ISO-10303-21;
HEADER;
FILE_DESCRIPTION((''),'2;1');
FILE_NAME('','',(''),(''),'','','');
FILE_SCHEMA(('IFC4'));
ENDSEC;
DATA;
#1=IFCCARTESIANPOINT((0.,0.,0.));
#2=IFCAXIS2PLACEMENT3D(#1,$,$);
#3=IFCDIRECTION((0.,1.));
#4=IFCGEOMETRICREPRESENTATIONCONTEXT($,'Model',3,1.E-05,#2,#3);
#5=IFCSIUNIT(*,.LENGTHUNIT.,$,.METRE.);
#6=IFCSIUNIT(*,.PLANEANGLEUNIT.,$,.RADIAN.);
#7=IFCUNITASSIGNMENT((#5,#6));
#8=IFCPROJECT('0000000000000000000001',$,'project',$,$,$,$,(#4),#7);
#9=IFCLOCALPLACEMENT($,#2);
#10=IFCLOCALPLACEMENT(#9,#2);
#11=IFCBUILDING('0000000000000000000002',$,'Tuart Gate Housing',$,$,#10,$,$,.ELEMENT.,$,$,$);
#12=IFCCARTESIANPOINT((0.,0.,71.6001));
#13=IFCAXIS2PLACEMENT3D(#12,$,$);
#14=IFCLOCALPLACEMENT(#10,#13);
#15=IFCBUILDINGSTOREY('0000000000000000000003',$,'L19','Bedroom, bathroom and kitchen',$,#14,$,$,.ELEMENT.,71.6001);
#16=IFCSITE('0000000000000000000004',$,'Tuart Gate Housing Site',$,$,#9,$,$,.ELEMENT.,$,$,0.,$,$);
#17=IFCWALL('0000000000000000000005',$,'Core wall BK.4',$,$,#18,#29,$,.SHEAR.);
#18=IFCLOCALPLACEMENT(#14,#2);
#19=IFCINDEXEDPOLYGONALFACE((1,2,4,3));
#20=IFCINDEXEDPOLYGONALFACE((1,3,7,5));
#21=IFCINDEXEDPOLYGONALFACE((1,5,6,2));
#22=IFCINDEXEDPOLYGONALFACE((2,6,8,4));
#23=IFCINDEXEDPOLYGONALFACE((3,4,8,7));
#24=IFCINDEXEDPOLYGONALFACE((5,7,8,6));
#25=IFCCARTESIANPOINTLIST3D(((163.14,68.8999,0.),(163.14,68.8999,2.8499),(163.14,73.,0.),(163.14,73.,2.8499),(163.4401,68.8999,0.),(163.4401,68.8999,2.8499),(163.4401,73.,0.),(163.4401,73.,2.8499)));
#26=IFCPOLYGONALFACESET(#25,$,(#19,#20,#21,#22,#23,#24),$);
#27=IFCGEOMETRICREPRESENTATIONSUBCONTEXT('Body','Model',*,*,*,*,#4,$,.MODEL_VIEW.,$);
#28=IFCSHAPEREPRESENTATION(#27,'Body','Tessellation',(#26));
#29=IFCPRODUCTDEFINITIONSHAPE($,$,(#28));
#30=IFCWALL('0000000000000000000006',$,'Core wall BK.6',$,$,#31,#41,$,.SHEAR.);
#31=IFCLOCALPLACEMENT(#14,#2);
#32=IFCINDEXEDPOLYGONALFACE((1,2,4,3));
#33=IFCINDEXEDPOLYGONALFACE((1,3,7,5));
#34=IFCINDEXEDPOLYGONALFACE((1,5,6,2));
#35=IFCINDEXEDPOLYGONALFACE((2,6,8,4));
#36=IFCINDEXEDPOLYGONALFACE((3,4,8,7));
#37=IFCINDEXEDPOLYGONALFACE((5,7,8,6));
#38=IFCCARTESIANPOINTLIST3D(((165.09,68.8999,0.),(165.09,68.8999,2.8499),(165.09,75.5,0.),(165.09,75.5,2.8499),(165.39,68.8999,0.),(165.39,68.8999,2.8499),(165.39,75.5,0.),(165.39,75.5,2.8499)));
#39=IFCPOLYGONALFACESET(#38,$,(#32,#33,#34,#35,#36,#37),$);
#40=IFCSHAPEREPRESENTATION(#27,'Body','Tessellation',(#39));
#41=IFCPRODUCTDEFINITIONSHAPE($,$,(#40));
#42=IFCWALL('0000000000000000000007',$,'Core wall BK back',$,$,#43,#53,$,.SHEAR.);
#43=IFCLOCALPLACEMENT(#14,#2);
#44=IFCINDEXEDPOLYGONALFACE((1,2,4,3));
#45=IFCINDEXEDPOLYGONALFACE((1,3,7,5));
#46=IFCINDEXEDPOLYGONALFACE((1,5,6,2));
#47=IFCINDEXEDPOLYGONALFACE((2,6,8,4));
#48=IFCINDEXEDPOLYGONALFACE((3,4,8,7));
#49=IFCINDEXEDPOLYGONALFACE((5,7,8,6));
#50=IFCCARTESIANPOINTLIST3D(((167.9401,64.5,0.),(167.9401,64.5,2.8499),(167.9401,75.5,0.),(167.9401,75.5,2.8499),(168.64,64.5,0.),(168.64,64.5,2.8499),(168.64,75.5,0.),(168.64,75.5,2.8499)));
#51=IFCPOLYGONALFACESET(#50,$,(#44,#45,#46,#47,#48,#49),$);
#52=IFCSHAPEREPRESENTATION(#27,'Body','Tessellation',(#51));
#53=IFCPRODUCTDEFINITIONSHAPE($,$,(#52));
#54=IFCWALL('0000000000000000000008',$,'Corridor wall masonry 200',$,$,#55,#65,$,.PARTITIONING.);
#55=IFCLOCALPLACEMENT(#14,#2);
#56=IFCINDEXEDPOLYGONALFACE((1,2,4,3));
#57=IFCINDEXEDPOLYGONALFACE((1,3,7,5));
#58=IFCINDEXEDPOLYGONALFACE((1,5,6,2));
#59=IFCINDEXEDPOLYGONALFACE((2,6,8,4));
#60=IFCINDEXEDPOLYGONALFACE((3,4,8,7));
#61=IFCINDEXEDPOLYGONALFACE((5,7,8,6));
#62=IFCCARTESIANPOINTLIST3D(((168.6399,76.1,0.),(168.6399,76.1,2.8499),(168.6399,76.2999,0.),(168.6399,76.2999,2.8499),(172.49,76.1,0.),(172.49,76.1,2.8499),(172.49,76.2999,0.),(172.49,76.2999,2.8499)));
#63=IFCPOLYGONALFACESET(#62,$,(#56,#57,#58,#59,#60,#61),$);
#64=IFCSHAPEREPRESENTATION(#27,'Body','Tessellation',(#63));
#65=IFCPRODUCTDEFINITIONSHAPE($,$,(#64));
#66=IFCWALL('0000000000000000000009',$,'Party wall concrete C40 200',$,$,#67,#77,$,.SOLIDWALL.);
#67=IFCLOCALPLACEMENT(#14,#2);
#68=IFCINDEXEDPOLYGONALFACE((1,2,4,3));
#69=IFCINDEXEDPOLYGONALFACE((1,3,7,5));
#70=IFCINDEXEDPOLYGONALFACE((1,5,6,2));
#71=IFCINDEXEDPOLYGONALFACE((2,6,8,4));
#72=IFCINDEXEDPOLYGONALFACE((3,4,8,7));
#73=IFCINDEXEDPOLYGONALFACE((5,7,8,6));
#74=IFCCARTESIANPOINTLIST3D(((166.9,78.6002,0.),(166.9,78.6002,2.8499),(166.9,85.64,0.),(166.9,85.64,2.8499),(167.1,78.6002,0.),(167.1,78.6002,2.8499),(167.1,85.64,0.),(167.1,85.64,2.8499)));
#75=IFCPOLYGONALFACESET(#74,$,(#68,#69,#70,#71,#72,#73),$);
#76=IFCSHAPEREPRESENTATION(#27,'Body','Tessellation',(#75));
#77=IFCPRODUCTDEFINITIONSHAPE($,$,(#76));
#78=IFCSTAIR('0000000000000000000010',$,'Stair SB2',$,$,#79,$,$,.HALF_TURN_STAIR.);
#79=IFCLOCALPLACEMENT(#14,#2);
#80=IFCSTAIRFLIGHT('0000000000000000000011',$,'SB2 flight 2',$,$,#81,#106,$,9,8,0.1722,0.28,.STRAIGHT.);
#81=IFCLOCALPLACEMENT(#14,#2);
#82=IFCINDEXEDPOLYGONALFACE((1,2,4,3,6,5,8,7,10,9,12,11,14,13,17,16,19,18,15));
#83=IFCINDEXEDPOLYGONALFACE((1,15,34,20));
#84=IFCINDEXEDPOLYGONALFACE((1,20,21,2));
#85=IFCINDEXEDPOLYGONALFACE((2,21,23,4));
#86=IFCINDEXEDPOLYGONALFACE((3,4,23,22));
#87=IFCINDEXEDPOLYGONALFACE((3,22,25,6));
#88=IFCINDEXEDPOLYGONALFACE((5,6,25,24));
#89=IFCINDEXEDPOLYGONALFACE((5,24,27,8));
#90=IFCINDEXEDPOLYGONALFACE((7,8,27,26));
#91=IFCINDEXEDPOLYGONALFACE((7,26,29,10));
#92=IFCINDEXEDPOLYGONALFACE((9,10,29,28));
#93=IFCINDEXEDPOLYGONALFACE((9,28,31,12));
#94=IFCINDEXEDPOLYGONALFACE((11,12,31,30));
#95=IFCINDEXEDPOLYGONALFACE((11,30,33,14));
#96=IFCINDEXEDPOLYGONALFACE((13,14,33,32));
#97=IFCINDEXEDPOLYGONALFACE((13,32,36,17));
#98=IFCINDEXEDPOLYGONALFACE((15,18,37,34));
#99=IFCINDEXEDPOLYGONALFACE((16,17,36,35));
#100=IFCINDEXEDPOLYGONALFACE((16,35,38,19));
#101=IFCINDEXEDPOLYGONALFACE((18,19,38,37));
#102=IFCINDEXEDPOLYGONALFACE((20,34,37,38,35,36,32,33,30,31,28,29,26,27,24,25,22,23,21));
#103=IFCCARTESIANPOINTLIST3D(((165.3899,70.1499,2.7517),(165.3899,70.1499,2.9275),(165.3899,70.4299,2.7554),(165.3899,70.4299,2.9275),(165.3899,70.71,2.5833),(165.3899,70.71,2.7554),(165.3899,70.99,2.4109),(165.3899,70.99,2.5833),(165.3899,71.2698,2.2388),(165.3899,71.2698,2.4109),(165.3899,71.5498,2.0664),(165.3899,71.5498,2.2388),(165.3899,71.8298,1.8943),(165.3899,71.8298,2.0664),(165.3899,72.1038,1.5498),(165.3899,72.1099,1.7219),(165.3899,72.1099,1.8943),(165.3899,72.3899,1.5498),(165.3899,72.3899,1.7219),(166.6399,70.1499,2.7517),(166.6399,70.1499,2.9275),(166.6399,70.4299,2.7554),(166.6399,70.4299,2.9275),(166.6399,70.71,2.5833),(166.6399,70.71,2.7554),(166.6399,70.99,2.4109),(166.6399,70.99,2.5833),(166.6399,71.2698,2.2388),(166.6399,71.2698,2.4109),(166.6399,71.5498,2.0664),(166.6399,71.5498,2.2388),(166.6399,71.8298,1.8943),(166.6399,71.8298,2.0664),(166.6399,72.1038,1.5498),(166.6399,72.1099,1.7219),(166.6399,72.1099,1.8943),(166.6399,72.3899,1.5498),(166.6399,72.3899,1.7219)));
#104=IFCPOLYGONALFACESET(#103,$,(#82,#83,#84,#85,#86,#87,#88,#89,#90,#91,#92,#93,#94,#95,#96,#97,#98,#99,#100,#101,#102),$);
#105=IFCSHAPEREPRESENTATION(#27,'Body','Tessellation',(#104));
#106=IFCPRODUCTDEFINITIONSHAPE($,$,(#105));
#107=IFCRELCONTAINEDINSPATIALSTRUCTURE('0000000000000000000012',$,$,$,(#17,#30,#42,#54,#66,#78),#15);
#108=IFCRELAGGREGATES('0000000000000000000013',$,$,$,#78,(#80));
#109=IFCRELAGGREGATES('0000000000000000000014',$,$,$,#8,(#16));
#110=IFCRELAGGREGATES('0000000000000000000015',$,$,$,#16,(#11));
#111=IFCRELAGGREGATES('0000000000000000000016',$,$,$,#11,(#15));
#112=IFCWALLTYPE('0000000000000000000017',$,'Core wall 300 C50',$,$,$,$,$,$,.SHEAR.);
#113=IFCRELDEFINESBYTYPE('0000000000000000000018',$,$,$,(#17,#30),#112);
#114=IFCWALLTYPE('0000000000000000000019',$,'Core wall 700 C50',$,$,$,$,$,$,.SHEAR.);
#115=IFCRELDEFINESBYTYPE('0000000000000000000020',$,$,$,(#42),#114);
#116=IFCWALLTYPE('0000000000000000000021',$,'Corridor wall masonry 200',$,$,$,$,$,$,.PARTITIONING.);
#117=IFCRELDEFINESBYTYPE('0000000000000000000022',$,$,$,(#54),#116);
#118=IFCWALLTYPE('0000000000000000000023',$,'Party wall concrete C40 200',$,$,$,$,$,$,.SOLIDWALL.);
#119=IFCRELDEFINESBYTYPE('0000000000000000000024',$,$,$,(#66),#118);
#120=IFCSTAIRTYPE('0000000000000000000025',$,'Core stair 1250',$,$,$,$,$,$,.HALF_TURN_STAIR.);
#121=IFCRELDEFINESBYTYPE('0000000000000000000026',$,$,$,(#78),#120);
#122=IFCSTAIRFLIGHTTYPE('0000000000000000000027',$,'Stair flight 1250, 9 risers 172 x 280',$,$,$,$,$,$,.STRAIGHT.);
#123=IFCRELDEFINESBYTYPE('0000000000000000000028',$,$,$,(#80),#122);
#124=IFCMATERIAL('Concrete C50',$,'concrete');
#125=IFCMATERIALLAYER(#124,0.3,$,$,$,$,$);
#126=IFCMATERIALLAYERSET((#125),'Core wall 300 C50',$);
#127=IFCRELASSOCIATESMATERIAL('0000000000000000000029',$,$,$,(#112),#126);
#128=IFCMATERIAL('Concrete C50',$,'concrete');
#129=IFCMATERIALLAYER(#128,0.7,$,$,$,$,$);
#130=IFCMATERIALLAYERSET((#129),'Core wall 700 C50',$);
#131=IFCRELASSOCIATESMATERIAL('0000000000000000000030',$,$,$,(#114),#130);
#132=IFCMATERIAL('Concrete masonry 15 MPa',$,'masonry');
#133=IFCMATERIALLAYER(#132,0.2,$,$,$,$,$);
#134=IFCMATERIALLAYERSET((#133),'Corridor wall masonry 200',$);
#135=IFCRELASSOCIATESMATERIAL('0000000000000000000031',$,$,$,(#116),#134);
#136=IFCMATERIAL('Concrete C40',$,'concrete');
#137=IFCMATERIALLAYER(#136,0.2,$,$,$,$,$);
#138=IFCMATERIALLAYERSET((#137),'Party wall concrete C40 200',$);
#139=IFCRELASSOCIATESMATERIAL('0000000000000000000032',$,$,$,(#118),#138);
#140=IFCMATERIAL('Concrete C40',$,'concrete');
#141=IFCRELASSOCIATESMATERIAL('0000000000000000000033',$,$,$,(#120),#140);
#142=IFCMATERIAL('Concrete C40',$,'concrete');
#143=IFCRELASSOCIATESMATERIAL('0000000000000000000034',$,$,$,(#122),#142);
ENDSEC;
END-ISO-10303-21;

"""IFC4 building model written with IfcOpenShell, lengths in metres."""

from ifc_helpers import new_model, si_unit, direction, frame, frame_2d, origin, place, context, subcontext, project, spatial, polyline, rectangle, outline, extrude, material, layer, layer_set, type_object, element, aggregate, save


model = new_model("IFC4")

# Units and contexts
model_context = context("Model", 3, precision=1e-05, world=origin(), true_north=direction((0.0, 1.0)))
body_context = subcontext(model_context, "Body", "Model", "MODEL_VIEW")
ifc_project = project(units=[si_unit("LENGTHUNIT", "METRE"), si_unit("PLANEANGLEUNIT", "RADIAN")], contexts=[model_context])

# Site, building, storey
site_placement = place(None, origin())
site = spatial("IfcSite", under=ifc_project, at=site_placement, Name="Tuart Gate Housing Site", CompositionType="ELEMENT", RefElevation=0.0)
building_placement = place(site_placement, origin())
building = spatial("IfcBuilding", under=site, at=building_placement, Name="Tuart Gate Housing", CompositionType="ELEMENT")
storey_placement = place(building_placement, frame((0.0, 0.0, 71.6001)))
storey = spatial("IfcBuildingStorey", under=building, at=storey_placement, Name="L19", Description="Bedroom, bathroom and kitchen", CompositionType="ELEMENT", Elevation=71.6001)

# Walls
ifc_material_1 = material(Name="Concrete C50", Category="concrete")
ifc_layer_1 = layer(ifc_material_1, 0.3)
ifc_layer_set_1 = layer_set([ifc_layer_1], Name="Core wall 300 C50")
wall_type_1 = type_object("IfcWallType", Name="Core wall 300 C50", PredefinedType="SHEAR", material=ifc_layer_set_1)
wall_1_placement = place(storey_placement, frame((163.29, 73.0, 0.0), z_axis=(0.0, 0.0, 1.0), x_axis=(0.0, -1.0, 0.0)))
element("IfcWall", 1, at=wall_1_placement, inside=storey, type_object=wall_type_1, Name="Core wall BK.4", PredefinedType="SHEAR", context=body_context, shape_type="SweptSolid", body=[
    extrude(rectangle(XDim=4.1001, YDim=0.3, at=frame_2d((2.05, 0.0))), origin(), (0.0, 0.0, 1.0), 2.8499),
])
wall_2_placement = place(storey_placement, frame((165.24, 75.5, 0.0), z_axis=(0.0, 0.0, 1.0), x_axis=(0.0, -1.0, 0.0)))
element("IfcWall", 2, at=wall_2_placement, inside=storey, type_object=wall_type_1, Name="Core wall BK.6", PredefinedType="SHEAR", context=body_context, shape_type="SweptSolid", body=[
    extrude(rectangle(XDim=6.6001, YDim=0.3, at=frame_2d((3.3, 0.0))), origin(), (0.0, 0.0, 1.0), 2.8499),
])
ifc_material_2 = material(Name="Concrete C50", Category="concrete")
ifc_layer_2 = layer(ifc_material_2, 0.7)
ifc_layer_set_2 = layer_set([ifc_layer_2], Name="Core wall 700 C50")
wall_type_2 = type_object("IfcWallType", Name="Core wall 700 C50", PredefinedType="SHEAR", material=ifc_layer_set_2)
wall_3_placement = place(storey_placement, frame((168.29, 75.5, 0.0), z_axis=(0.0, 0.0, 1.0), x_axis=(0.0, -1.0, 0.0)))
element("IfcWall", 3, at=wall_3_placement, inside=storey, type_object=wall_type_2, Name="Core wall BK back", PredefinedType="SHEAR", context=body_context, shape_type="SweptSolid", body=[
    extrude(rectangle(XDim=11.0, YDim=0.7, at=frame_2d((5.5, 0.0))), origin(), (0.0, 0.0, 1.0), 2.8499),
])
ifc_material_3 = material(Name="Concrete masonry 15 MPa", Category="masonry")
ifc_layer_3 = layer(ifc_material_3, 0.2)
ifc_layer_set_3 = layer_set([ifc_layer_3], Name="Corridor wall masonry 200")
wall_type_3 = type_object("IfcWallType", Name="Corridor wall masonry 200", PredefinedType="PARTITIONING", material=ifc_layer_set_3)
wall_4_placement = place(storey_placement, frame((168.6399, 76.2, 0.0), z_axis=(0.0, 0.0, 1.0), x_axis=(1.0, 0.0, 0.0)))
element("IfcWall", 4, at=wall_4_placement, inside=storey, type_object=wall_type_3, Name="Corridor wall masonry 200", PredefinedType="PARTITIONING", context=body_context, shape_type="SweptSolid", body=[
    extrude(rectangle(XDim=3.8501, YDim=0.2, at=frame_2d((1.925, 0.0))), origin(), (0.0, 0.0, 1.0), 2.8499),
])
ifc_material_4 = material(Name="Concrete C40", Category="concrete")
ifc_layer_4 = layer(ifc_material_4, 0.2)
ifc_layer_set_4 = layer_set([ifc_layer_4], Name="Party wall concrete C40 200")
wall_type_4 = type_object("IfcWallType", Name="Party wall concrete C40 200", PredefinedType="SOLIDWALL", material=ifc_layer_set_4)
wall_5_placement = place(storey_placement, frame((167.0, 78.6001, 0.0), z_axis=(0.0, 0.0, 1.0), x_axis=(0.0, 1.0, 0.0)))
element("IfcWall", 5, at=wall_5_placement, inside=storey, type_object=wall_type_4, Name="Party wall concrete C40 200", PredefinedType="SOLIDWALL", context=body_context, shape_type="SweptSolid", body=[
    extrude(rectangle(XDim=7.0398, YDim=0.2, at=frame_2d((3.52, 0.0))), origin(), (0.0, 0.0, 1.0), 2.8499),
])

# Stair, stair flight
ifc_material_5 = material(Name="Concrete C40", Category="concrete")
stair_type = type_object("IfcStairType", Name="Core stair 1250", PredefinedType="HALF_TURN_STAIR", material=ifc_material_5)
stair_placement = place(storey_placement, origin())
stair = element("IfcStair", 6, at=stair_placement, inside=storey, type_object=stair_type, Name="Stair SB2", PredefinedType="HALF_TURN_STAIR")
ifc_material_6 = material(Name="Concrete C40", Category="concrete")
stair_flight_type = type_object("IfcStairFlightType", Name="Stair flight 1250, 9 risers 172 x 280", PredefinedType="STRAIGHT", material=ifc_material_6)
stair_flight_placement = place(storey_placement, frame((166.0149, 72.3899, 1.5498), z_axis=(0.0, 0.0, 1.0), x_axis=(0.0, -1.0, 0.0)))
stair_flight = element("IfcStairFlight", 7, at=stair_flight_placement, type_object=stair_flight_type, Name="SB2 flight 2", NumberOfRisers=9, NumberOfTreads=8, PredefinedType="STRAIGHT", RiserHeight=0.1722, TreadLength=0.28, context=body_context, shape_type="SweptSolid", body=[
    extrude(outline(polyline([(0.0, 0.0), (0.0, 0.1721), (0.28, 0.1721), (0.28, 0.3445), (0.5601, 0.3445), (0.5601, 0.5166), (0.8401, 0.5166), (0.8401, 0.689), (1.1201, 0.689), (1.1201, 0.8611), (1.3999, 0.8611), (1.3999, 1.0334), (1.6799, 1.0334), (1.6799, 1.2056), (1.96, 1.2056), (1.96, 1.3777), (2.24, 1.3777), (2.24, 1.55), (2.24, 1.2019), (0.2861, 0.0), (0.0, 0.0)])), frame((0.0, 0.625, 0.0), z_axis=(0.0, -1.0, 0.0), x_axis=(1.0, 0.0, 0.0)), (0.0, 0.0, 1.0), 1.25),
])
aggregate(stair, [stair_flight])

save(model, "model.ifc")
